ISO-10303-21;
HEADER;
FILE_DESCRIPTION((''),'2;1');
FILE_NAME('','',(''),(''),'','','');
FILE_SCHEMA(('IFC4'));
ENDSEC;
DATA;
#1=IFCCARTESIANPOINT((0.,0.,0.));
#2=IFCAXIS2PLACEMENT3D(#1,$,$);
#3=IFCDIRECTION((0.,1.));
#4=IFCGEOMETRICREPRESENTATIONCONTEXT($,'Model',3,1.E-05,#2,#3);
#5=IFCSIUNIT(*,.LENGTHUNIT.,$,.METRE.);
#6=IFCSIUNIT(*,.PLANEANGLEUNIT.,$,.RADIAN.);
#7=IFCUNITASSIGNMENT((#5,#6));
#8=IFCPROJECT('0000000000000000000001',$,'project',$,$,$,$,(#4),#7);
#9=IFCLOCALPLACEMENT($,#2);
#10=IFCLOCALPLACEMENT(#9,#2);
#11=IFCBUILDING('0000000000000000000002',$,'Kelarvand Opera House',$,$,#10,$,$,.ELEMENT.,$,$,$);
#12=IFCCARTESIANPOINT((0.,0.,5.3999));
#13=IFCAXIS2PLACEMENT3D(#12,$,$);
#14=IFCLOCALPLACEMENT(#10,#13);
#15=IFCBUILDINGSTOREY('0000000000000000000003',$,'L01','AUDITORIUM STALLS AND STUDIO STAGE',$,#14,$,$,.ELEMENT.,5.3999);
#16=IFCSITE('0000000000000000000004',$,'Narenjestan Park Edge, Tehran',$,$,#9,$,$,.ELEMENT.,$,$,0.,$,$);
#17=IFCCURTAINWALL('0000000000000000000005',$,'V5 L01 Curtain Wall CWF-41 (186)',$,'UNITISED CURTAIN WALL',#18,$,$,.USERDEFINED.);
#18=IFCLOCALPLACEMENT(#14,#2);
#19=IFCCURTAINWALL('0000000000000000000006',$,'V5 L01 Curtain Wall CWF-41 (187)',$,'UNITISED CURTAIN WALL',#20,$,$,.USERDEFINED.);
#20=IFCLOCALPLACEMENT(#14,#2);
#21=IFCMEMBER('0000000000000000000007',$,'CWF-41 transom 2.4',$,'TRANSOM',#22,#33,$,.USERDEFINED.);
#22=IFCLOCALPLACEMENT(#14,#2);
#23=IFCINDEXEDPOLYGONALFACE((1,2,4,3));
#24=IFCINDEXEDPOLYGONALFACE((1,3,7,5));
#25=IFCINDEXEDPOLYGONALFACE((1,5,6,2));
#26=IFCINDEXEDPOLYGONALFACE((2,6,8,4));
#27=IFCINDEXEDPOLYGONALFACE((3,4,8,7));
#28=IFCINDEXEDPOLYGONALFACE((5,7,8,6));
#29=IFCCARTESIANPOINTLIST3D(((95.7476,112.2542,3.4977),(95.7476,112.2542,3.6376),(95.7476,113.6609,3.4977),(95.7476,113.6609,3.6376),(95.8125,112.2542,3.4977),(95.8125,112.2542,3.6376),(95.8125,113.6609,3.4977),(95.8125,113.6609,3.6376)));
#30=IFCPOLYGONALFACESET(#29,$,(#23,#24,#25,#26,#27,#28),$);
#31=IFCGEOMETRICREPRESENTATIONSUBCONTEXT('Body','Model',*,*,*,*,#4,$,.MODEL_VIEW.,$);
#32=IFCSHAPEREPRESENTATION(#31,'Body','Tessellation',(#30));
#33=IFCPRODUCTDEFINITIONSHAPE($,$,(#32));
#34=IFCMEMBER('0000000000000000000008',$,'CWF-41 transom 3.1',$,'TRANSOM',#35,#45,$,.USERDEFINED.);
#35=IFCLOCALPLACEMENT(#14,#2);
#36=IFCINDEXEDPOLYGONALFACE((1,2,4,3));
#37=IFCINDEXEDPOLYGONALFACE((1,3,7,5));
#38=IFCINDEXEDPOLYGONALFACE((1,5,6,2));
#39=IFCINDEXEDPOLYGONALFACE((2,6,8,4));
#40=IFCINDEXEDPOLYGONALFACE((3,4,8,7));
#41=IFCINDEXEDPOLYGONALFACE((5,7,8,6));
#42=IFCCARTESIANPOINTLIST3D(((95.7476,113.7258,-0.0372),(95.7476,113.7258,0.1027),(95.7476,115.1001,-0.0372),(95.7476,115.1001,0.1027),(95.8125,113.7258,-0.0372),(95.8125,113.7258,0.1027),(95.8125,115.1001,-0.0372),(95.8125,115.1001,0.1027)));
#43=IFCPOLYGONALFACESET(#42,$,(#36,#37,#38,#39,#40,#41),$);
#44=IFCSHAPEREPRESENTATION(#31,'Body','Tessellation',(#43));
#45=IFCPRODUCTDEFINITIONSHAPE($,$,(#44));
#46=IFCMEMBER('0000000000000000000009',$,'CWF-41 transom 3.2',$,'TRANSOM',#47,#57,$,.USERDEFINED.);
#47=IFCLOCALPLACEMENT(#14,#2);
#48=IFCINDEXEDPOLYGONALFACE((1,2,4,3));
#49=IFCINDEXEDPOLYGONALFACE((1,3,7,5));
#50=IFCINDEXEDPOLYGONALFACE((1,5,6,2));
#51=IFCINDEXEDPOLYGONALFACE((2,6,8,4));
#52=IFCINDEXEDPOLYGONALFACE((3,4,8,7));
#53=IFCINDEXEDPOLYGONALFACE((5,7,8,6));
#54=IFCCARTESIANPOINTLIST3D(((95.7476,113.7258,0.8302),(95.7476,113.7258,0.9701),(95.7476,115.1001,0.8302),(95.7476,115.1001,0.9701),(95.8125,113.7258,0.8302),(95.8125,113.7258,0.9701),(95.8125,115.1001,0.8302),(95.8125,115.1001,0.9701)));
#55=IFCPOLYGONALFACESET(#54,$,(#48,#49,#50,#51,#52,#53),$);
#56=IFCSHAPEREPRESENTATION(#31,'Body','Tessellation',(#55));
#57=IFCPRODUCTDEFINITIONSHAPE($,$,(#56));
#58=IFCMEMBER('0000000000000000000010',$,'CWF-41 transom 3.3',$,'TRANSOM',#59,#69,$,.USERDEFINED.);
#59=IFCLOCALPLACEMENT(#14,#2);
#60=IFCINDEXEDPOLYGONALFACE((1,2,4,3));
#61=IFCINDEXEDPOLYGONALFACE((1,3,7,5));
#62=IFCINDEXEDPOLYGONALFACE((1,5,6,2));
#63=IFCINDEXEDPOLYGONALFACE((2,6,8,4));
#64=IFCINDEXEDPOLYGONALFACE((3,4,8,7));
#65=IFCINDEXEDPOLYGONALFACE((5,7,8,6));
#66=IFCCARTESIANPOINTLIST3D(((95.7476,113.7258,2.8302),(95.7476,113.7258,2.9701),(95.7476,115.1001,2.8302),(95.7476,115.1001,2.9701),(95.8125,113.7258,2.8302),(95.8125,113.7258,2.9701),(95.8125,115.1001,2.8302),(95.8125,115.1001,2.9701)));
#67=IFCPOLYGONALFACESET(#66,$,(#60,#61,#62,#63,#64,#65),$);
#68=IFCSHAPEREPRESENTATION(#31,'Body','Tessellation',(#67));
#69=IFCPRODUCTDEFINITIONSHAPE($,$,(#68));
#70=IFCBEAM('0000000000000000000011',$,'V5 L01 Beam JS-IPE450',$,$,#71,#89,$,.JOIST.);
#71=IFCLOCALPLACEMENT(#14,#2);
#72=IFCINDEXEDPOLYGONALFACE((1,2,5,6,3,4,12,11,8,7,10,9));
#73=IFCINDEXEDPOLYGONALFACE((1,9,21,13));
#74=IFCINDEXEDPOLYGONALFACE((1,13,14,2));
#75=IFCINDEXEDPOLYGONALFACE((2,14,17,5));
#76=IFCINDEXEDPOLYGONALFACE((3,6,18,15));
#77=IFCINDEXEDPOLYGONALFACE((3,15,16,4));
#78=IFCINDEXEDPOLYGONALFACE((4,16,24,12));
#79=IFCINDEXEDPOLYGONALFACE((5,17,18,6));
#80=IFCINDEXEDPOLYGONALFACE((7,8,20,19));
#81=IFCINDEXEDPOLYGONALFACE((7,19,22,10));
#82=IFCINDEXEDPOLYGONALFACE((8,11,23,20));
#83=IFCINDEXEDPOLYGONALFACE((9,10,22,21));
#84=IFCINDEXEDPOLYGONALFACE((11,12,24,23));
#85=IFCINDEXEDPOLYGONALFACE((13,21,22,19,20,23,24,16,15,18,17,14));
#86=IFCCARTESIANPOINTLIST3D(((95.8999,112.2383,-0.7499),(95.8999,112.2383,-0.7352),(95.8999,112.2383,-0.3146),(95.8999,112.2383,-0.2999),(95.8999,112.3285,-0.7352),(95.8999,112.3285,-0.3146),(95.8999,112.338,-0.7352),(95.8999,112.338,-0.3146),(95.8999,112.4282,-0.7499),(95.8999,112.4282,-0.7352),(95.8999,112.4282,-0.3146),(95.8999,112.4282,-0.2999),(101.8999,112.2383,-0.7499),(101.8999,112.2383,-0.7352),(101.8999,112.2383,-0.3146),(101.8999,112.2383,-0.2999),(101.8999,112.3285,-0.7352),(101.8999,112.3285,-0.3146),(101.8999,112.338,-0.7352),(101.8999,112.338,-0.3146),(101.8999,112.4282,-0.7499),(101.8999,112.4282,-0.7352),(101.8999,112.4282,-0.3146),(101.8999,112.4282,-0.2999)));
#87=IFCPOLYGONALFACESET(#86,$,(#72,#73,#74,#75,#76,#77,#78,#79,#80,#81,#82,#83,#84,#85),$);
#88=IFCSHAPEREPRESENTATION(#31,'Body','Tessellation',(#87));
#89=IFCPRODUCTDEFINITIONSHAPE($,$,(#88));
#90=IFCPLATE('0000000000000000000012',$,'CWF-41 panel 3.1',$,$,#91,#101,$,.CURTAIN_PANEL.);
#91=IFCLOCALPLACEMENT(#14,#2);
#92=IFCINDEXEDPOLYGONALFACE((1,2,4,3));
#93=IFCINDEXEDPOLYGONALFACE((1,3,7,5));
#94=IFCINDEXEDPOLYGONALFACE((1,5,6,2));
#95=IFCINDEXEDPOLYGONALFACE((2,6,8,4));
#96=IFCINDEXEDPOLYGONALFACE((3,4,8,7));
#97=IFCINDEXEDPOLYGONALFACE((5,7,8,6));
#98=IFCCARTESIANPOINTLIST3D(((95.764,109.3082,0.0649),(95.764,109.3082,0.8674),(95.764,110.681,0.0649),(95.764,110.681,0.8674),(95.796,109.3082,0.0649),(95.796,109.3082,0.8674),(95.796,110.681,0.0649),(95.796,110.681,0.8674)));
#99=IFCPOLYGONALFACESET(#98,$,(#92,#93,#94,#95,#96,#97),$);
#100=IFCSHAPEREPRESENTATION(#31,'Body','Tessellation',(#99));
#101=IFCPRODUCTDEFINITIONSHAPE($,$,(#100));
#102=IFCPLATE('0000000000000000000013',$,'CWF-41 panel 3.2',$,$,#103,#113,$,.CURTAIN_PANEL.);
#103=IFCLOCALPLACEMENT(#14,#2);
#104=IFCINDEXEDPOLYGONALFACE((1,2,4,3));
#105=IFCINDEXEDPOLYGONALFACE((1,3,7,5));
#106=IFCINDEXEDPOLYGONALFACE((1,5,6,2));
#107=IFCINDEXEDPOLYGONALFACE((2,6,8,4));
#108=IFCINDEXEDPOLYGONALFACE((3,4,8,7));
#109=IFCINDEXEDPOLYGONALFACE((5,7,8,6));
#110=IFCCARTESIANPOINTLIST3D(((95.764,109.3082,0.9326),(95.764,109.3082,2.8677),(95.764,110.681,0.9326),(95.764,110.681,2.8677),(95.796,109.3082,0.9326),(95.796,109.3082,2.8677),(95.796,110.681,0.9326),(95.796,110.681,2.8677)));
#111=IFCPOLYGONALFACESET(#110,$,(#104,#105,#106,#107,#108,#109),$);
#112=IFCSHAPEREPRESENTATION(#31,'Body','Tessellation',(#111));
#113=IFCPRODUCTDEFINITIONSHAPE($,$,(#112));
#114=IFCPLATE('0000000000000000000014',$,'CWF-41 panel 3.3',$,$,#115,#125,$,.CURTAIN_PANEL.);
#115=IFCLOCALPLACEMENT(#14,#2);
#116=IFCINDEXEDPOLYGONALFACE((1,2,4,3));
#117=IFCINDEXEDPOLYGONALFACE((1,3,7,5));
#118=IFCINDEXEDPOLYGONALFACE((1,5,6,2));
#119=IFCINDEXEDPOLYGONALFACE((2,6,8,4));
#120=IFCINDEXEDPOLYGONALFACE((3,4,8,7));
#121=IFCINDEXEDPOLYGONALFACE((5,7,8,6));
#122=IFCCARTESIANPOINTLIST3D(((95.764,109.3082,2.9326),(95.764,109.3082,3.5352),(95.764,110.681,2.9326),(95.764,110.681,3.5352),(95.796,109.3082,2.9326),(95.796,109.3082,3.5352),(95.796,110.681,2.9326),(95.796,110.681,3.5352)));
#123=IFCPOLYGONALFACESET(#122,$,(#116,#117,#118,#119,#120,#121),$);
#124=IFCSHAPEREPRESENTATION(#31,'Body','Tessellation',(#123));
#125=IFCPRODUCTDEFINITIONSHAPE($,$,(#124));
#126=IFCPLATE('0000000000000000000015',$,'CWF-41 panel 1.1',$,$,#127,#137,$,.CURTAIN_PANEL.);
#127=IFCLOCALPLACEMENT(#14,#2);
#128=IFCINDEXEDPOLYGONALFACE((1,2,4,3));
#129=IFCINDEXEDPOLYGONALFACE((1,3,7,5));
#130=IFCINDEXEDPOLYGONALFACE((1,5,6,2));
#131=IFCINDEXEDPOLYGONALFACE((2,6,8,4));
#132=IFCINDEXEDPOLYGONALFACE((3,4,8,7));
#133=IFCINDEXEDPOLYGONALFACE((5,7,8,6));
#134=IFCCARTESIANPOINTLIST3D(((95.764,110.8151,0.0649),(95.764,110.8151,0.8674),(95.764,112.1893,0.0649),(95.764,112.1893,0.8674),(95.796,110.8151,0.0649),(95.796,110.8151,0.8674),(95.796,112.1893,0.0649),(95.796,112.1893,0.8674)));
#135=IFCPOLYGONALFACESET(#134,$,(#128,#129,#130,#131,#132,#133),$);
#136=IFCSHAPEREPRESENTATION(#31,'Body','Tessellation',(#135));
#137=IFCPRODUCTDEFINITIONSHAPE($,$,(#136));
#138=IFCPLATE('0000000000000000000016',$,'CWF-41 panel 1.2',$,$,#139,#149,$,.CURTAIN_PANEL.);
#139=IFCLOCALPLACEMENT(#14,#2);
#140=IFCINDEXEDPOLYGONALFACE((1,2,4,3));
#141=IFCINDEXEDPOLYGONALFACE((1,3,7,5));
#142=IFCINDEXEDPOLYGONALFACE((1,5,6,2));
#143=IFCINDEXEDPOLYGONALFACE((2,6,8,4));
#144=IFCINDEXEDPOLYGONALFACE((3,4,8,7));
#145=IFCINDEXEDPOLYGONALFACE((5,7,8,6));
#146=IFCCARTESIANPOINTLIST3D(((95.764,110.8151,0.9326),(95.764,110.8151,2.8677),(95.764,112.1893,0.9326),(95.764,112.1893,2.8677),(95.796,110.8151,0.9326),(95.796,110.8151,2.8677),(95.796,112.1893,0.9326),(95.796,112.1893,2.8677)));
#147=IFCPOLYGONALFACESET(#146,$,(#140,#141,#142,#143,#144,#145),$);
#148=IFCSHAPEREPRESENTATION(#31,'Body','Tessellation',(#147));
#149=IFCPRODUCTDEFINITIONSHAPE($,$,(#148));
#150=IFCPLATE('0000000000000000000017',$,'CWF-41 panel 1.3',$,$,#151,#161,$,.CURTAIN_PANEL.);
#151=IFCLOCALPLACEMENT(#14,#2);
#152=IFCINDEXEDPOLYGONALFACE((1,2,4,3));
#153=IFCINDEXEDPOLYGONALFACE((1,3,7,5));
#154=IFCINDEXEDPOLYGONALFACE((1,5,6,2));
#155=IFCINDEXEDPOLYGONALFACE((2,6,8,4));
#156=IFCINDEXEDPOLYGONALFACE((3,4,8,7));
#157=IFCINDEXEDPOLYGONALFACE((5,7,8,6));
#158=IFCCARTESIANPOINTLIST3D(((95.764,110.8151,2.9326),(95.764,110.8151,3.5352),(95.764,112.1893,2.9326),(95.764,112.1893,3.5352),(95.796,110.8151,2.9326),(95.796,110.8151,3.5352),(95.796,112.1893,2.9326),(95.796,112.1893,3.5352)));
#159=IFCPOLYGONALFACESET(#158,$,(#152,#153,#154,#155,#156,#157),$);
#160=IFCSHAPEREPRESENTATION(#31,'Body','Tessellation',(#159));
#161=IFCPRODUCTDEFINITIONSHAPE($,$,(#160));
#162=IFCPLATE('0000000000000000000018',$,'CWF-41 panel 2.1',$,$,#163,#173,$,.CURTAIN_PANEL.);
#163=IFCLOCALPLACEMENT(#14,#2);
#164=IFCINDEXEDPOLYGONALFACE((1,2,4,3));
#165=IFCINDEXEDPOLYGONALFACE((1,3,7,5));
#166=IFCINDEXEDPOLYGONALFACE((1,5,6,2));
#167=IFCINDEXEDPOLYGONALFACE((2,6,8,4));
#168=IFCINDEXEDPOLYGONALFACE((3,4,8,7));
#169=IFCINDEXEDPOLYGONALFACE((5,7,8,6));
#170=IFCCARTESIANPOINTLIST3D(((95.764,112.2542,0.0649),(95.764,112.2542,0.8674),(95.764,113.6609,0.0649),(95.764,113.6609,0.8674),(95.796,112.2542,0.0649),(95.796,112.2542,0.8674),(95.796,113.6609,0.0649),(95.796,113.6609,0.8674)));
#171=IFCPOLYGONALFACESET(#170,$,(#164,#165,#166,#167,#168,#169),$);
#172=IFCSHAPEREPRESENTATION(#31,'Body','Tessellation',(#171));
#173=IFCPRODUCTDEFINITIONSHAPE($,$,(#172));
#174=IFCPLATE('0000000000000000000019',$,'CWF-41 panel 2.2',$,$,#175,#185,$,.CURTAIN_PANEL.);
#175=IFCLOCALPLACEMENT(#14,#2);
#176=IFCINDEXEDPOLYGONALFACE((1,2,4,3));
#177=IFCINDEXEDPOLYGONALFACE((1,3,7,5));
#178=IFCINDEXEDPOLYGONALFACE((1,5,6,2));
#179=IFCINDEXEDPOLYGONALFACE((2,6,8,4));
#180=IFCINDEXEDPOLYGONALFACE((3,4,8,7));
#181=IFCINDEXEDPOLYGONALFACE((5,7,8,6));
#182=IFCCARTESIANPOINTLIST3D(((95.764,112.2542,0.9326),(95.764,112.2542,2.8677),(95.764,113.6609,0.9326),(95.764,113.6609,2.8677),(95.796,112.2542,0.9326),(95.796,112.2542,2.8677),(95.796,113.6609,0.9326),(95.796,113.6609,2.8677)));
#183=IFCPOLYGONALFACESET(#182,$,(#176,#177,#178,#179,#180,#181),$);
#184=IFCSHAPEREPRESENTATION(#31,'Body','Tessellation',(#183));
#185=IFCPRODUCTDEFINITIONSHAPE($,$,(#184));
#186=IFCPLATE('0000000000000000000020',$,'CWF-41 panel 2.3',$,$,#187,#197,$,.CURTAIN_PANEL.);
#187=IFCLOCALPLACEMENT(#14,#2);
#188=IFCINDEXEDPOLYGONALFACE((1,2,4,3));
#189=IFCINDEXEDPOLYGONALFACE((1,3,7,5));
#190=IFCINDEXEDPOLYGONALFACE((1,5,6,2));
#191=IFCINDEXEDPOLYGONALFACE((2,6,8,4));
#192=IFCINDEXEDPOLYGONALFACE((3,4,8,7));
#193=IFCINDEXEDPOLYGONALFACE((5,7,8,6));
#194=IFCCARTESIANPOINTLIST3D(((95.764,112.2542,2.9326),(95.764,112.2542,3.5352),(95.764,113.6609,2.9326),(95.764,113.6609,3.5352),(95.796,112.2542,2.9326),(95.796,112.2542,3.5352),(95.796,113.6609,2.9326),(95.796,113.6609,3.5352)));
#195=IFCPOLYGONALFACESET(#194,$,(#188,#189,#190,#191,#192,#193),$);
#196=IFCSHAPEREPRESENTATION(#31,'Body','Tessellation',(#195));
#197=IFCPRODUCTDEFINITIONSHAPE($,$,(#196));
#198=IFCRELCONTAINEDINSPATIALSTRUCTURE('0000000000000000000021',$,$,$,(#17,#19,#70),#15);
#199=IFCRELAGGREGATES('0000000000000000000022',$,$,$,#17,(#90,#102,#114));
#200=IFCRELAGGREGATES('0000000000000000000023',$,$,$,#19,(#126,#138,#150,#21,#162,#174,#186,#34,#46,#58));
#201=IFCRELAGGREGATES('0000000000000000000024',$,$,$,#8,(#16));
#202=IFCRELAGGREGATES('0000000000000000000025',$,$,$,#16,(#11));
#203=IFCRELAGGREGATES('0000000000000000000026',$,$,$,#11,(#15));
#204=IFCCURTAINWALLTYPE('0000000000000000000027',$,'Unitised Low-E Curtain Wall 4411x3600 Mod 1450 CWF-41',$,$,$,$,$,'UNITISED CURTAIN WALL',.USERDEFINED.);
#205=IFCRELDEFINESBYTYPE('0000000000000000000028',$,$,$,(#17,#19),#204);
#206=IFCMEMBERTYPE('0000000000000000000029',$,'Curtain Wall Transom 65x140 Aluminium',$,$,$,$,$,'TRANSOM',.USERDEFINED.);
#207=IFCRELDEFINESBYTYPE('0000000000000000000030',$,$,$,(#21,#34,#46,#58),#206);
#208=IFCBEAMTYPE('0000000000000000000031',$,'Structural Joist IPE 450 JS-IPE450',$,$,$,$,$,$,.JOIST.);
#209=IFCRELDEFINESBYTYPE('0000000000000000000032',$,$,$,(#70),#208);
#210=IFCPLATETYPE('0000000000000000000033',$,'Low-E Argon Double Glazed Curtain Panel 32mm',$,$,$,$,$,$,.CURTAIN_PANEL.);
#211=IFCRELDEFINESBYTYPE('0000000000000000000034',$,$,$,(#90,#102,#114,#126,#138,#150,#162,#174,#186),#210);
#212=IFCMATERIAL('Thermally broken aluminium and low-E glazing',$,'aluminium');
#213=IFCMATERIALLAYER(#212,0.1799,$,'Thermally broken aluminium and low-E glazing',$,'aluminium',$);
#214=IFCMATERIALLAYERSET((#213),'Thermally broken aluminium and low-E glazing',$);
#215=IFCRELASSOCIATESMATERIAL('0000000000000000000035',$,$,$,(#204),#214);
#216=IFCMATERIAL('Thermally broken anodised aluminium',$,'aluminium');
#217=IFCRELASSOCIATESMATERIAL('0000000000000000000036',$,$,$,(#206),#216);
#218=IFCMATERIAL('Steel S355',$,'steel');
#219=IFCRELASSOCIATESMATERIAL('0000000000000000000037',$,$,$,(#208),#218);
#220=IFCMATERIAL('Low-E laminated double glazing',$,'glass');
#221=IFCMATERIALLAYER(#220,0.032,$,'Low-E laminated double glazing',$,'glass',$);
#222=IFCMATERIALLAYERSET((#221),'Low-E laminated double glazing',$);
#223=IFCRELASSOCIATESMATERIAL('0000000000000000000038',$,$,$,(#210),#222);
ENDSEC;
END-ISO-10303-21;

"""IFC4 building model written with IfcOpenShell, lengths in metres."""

from ifc_helpers import new_model, si_unit, direction, frame, origin, origin_2d, place, context, subcontext, project, spatial, rectangle, i_section, extrude, material, layer, layer_set, material_profile, profile_set, type_object, element, aggregate, save


model = new_model("IFC4")

# Units and contexts
model_context = context("Model", 3, precision=1e-05, world=origin(), true_north=direction((0.0, 1.0)))
body_context = subcontext(model_context, "Body", "Model", "MODEL_VIEW")
ifc_project = project(units=[si_unit("LENGTHUNIT", "METRE"), si_unit("PLANEANGLEUNIT", "RADIAN")], contexts=[model_context])

# Site, building, storey
site_placement = place(None, origin())
site = spatial("IfcSite", under=ifc_project, at=site_placement, Name="Narenjestan Park Edge, Tehran", CompositionType="ELEMENT", RefElevation=0.0)
building_placement = place(site_placement, origin())
building = spatial("IfcBuilding", under=site, at=building_placement, Name="Kelarvand Opera House", CompositionType="ELEMENT")
storey_placement = place(building_placement, frame((0.0, 0.0, 5.3999)))
storey = spatial("IfcBuildingStorey", under=building, at=storey_placement, Name="L01", Description="AUDITORIUM STALLS AND STUDIO STAGE", CompositionType="ELEMENT", Elevation=5.3999)

# Curtain wall
ifc_material_1 = material(Name="Thermally broken aluminium and low-E glazing", Category="aluminium")
ifc_layer_1 = layer(ifc_material_1, 0.1799, Name="Thermally broken aluminium and low-E glazing", Category="aluminium")
ifc_layer_set_1 = layer_set([ifc_layer_1], Name="Thermally broken aluminium and low-E glazing")
curtain_wall_type = type_object("IfcCurtainWallType", Name="Unitised Low-E Curtain Wall 4411x3600 Mod 1450 CWF-41", ElementType="UNITISED CURTAIN WALL", PredefinedType="USERDEFINED", material=ifc_layer_set_1)
curtain_wall_1_placement = place(storey_placement, origin())
curtain_wall_1 = element("IfcCurtainWall", 1, at=curtain_wall_1_placement, inside=storey, type_object=curtain_wall_type, Name="V5 L01 Curtain Wall CWF-41 (186)", ObjectType="UNITISED CURTAIN WALL", PredefinedType="USERDEFINED")
ifc_material_2 = material(Name="Thermally broken anodised aluminium", Category="aluminium")

# Curtain wall
curtain_wall_2_placement = place(storey_placement, origin())
curtain_wall_2 = element("IfcCurtainWall", 2, at=curtain_wall_2_placement, inside=storey, type_object=curtain_wall_type, Name="V5 L01 Curtain Wall CWF-41 (187)", ObjectType="UNITISED CURTAIN WALL", PredefinedType="USERDEFINED")

# Members
ifc_material_profile_1 = material_profile(ifc_material_2, rectangle(XDim=0.0649, YDim=0.1399, at=origin_2d()), Name="ALU TRANSOM 65x140", Category="aluminium")
ifc_profile_set_1 = profile_set([ifc_material_profile_1], Name="Thermally broken anodised aluminium")
member_type_1 = type_object("IfcMemberType", Name="Curtain Wall Transom 65x140 Aluminium", ElementType="TRANSOM", PredefinedType="USERDEFINED", material=ifc_profile_set_1)
member_1_placement = place(storey_placement, frame((95.78, 112.2542, 3.5676), z_axis=(0.0, 1.0, 0.0), x_axis=(-1.0, 0.0, 0.0)))
member_1 = element("IfcMember", 3, at=member_1_placement, type_object=member_type_1, Name="CWF-41 transom 2.4", ObjectType="TRANSOM", PredefinedType="USERDEFINED", context=body_context, shape_type="SweptSolid", body=[
    extrude(rectangle(XDim=0.0649, YDim=0.1399, at=origin_2d()), origin(), (0.0, 0.0, 1.0), 1.4067),
])
member_2_placement = place(storey_placement, frame((95.78, 113.7258, 0.0327), z_axis=(0.0, 1.0, 0.0), x_axis=(-1.0, 0.0, 0.0)))
member_2 = element("IfcMember", 4, at=member_2_placement, type_object=member_type_1, Name="CWF-41 transom 3.1", ObjectType="TRANSOM", PredefinedType="USERDEFINED", context=body_context, shape_type="SweptSolid", body=[
    extrude(rectangle(XDim=0.0649, YDim=0.1399, at=origin_2d()), origin(), (0.0, 0.0, 1.0), 1.3743),
])
member_3_placement = place(storey_placement, frame((95.78, 113.7258, 0.9001), z_axis=(0.0, 1.0, 0.0), x_axis=(-1.0, 0.0, 0.0)))
member_3 = element("IfcMember", 5, at=member_3_placement, type_object=member_type_1, Name="CWF-41 transom 3.2", ObjectType="TRANSOM", PredefinedType="USERDEFINED", context=body_context, shape_type="SweptSolid", body=[
    extrude(rectangle(XDim=0.0649, YDim=0.1399, at=origin_2d()), origin(), (0.0, 0.0, 1.0), 1.3743),
])
member_4_placement = place(storey_placement, frame((95.78, 113.7258, 2.9001), z_axis=(0.0, 1.0, 0.0), x_axis=(-1.0, 0.0, 0.0)))
member_4 = element("IfcMember", 6, at=member_4_placement, type_object=member_type_1, Name="CWF-41 transom 3.3", ObjectType="TRANSOM", PredefinedType="USERDEFINED", context=body_context, shape_type="SweptSolid", body=[
    extrude(rectangle(XDim=0.0649, YDim=0.1399, at=origin_2d()), origin(), (0.0, 0.0, 1.0), 1.3743),
])

# Beam
ifc_material_3 = material(Name="Steel S355", Category="steel")
ifc_material_profile_2 = material_profile(ifc_material_3, i_section(OverallWidth=0.1899, OverallDepth=0.45, WebThickness=0.0095, FlangeThickness=0.0146, at=origin_2d()), Name="IPE 450", Category="steel")
ifc_profile_set_2 = profile_set([ifc_material_profile_2], Name="Steel S355")
beam_type = type_object("IfcBeamType", Name="Structural Joist IPE 450 JS-IPE450", PredefinedType="JOIST", material=ifc_profile_set_2)
beam_placement = place(storey_placement, frame((95.8999, 112.3333, -0.5249), z_axis=(1.0, 0.0, 0.0), x_axis=(0.0, 1.0, 0.0)))
element("IfcBeam", 7, at=beam_placement, inside=storey, type_object=beam_type, Name="V5 L01 Beam JS-IPE450", PredefinedType="JOIST", context=body_context, shape_type="SweptSolid", body=[
    extrude(i_section(OverallWidth=0.1899, OverallDepth=0.45, WebThickness=0.0095, FlangeThickness=0.0146, at=origin_2d()), origin(), (0.0, 0.0, 1.0), 6.0),
])

# Plates
ifc_material_4 = material(Name="Low-E laminated double glazing", Category="glass")
ifc_layer_2 = layer(ifc_material_4, 0.032, Name="Low-E laminated double glazing", Category="glass")
ifc_layer_set_2 = layer_set([ifc_layer_2], Name="Low-E laminated double glazing")
plate_type = type_object("IfcPlateType", Name="Low-E Argon Double Glazed Curtain Panel 32mm", PredefinedType="CURTAIN_PANEL", material=ifc_layer_set_2)
plate_1_placement = place(storey_placement, frame((95.78, 109.9946, 0.0649), z_axis=(0.0, 0.0, 1.0), x_axis=(0.0, 1.0, 0.0)))
plate_1 = element("IfcPlate", 8, at=plate_1_placement, type_object=plate_type, Name="CWF-41 panel 3.1", PredefinedType="CURTAIN_PANEL", context=body_context, shape_type="SweptSolid", body=[
    extrude(rectangle(XDim=1.3728, YDim=0.032, at=origin_2d()), origin(), (0.0, 0.0, 1.0), 0.8025),
])
plate_2_placement = place(storey_placement, frame((95.78, 109.9946, 0.9326), z_axis=(0.0, 0.0, 1.0), x_axis=(0.0, 1.0, 0.0)))
plate_2 = element("IfcPlate", 9, at=plate_2_placement, type_object=plate_type, Name="CWF-41 panel 3.2", PredefinedType="CURTAIN_PANEL", context=body_context, shape_type="SweptSolid", body=[
    extrude(rectangle(XDim=1.3728, YDim=0.032, at=origin_2d()), origin(), (0.0, 0.0, 1.0), 1.9351),
])
plate_3_placement = place(storey_placement, frame((95.78, 109.9946, 2.9326), z_axis=(0.0, 0.0, 1.0), x_axis=(0.0, 1.0, 0.0)))
plate_3 = element("IfcPlate", 10, at=plate_3_placement, type_object=plate_type, Name="CWF-41 panel 3.3", PredefinedType="CURTAIN_PANEL", context=body_context, shape_type="SweptSolid", body=[
    extrude(rectangle(XDim=1.3728, YDim=0.032, at=origin_2d()), origin(), (0.0, 0.0, 1.0), 0.6025),
])
aggregate(curtain_wall_1, [plate_1, plate_2, plate_3])
plate_4_placement = place(storey_placement, frame((95.78, 111.5022, 0.0649), z_axis=(0.0, 0.0, 1.0), x_axis=(0.0, 1.0, 0.0)))
plate_4 = element("IfcPlate", 11, at=plate_4_placement, type_object=plate_type, Name="CWF-41 panel 1.1", PredefinedType="CURTAIN_PANEL", context=body_context, shape_type="SweptSolid", body=[
    extrude(rectangle(XDim=1.3743, YDim=0.032, at=origin_2d()), origin(), (0.0, 0.0, 1.0), 0.8025),
])
plate_5_placement = place(storey_placement, frame((95.78, 111.5022, 0.9326), z_axis=(0.0, 0.0, 1.0), x_axis=(0.0, 1.0, 0.0)))
plate_5 = element("IfcPlate", 12, at=plate_5_placement, type_object=plate_type, Name="CWF-41 panel 1.2", PredefinedType="CURTAIN_PANEL", context=body_context, shape_type="SweptSolid", body=[
    extrude(rectangle(XDim=1.3743, YDim=0.032, at=origin_2d()), origin(), (0.0, 0.0, 1.0), 1.9351),
])
plate_6_placement = place(storey_placement, frame((95.78, 111.5022, 2.9326), z_axis=(0.0, 0.0, 1.0), x_axis=(0.0, 1.0, 0.0)))
plate_6 = element("IfcPlate", 13, at=plate_6_placement, type_object=plate_type, Name="CWF-41 panel 1.3", PredefinedType="CURTAIN_PANEL", context=body_context, shape_type="SweptSolid", body=[
    extrude(rectangle(XDim=1.3743, YDim=0.032, at=origin_2d()), origin(), (0.0, 0.0, 1.0), 0.6025),
])
plate_7_placement = place(storey_placement, frame((95.78, 112.9575, 0.0649), z_axis=(0.0, 0.0, 1.0), x_axis=(0.0, 1.0, 0.0)))
plate_7 = element("IfcPlate", 14, at=plate_7_placement, type_object=plate_type, Name="CWF-41 panel 2.1", PredefinedType="CURTAIN_PANEL", context=body_context, shape_type="SweptSolid", body=[
    extrude(rectangle(XDim=1.4067, YDim=0.032, at=origin_2d()), origin(), (0.0, 0.0, 1.0), 0.8025),
])
plate_8_placement = place(storey_placement, frame((95.78, 112.9575, 0.9326), z_axis=(0.0, 0.0, 1.0), x_axis=(0.0, 1.0, 0.0)))
plate_8 = element("IfcPlate", 15, at=plate_8_placement, type_object=plate_type, Name="CWF-41 panel 2.2", PredefinedType="CURTAIN_PANEL", context=body_context, shape_type="SweptSolid", body=[
    extrude(rectangle(XDim=1.4067, YDim=0.032, at=origin_2d()), origin(), (0.0, 0.0, 1.0), 1.9351),
])
plate_9_placement = place(storey_placement, frame((95.78, 112.9575, 2.9326), z_axis=(0.0, 0.0, 1.0), x_axis=(0.0, 1.0, 0.0)))
plate_9 = element("IfcPlate", 16, at=plate_9_placement, type_object=plate_type, Name="CWF-41 panel 2.3", PredefinedType="CURTAIN_PANEL", context=body_context, shape_type="SweptSolid", body=[
    extrude(rectangle(XDim=1.4067, YDim=0.032, at=origin_2d()), origin(), (0.0, 0.0, 1.0), 0.6025),
])
aggregate(curtain_wall_2, [plate_4, plate_5, plate_6, member_1, plate_7, plate_8, plate_9, member_2, member_3, member_4])

save(model, "model.ifc")
